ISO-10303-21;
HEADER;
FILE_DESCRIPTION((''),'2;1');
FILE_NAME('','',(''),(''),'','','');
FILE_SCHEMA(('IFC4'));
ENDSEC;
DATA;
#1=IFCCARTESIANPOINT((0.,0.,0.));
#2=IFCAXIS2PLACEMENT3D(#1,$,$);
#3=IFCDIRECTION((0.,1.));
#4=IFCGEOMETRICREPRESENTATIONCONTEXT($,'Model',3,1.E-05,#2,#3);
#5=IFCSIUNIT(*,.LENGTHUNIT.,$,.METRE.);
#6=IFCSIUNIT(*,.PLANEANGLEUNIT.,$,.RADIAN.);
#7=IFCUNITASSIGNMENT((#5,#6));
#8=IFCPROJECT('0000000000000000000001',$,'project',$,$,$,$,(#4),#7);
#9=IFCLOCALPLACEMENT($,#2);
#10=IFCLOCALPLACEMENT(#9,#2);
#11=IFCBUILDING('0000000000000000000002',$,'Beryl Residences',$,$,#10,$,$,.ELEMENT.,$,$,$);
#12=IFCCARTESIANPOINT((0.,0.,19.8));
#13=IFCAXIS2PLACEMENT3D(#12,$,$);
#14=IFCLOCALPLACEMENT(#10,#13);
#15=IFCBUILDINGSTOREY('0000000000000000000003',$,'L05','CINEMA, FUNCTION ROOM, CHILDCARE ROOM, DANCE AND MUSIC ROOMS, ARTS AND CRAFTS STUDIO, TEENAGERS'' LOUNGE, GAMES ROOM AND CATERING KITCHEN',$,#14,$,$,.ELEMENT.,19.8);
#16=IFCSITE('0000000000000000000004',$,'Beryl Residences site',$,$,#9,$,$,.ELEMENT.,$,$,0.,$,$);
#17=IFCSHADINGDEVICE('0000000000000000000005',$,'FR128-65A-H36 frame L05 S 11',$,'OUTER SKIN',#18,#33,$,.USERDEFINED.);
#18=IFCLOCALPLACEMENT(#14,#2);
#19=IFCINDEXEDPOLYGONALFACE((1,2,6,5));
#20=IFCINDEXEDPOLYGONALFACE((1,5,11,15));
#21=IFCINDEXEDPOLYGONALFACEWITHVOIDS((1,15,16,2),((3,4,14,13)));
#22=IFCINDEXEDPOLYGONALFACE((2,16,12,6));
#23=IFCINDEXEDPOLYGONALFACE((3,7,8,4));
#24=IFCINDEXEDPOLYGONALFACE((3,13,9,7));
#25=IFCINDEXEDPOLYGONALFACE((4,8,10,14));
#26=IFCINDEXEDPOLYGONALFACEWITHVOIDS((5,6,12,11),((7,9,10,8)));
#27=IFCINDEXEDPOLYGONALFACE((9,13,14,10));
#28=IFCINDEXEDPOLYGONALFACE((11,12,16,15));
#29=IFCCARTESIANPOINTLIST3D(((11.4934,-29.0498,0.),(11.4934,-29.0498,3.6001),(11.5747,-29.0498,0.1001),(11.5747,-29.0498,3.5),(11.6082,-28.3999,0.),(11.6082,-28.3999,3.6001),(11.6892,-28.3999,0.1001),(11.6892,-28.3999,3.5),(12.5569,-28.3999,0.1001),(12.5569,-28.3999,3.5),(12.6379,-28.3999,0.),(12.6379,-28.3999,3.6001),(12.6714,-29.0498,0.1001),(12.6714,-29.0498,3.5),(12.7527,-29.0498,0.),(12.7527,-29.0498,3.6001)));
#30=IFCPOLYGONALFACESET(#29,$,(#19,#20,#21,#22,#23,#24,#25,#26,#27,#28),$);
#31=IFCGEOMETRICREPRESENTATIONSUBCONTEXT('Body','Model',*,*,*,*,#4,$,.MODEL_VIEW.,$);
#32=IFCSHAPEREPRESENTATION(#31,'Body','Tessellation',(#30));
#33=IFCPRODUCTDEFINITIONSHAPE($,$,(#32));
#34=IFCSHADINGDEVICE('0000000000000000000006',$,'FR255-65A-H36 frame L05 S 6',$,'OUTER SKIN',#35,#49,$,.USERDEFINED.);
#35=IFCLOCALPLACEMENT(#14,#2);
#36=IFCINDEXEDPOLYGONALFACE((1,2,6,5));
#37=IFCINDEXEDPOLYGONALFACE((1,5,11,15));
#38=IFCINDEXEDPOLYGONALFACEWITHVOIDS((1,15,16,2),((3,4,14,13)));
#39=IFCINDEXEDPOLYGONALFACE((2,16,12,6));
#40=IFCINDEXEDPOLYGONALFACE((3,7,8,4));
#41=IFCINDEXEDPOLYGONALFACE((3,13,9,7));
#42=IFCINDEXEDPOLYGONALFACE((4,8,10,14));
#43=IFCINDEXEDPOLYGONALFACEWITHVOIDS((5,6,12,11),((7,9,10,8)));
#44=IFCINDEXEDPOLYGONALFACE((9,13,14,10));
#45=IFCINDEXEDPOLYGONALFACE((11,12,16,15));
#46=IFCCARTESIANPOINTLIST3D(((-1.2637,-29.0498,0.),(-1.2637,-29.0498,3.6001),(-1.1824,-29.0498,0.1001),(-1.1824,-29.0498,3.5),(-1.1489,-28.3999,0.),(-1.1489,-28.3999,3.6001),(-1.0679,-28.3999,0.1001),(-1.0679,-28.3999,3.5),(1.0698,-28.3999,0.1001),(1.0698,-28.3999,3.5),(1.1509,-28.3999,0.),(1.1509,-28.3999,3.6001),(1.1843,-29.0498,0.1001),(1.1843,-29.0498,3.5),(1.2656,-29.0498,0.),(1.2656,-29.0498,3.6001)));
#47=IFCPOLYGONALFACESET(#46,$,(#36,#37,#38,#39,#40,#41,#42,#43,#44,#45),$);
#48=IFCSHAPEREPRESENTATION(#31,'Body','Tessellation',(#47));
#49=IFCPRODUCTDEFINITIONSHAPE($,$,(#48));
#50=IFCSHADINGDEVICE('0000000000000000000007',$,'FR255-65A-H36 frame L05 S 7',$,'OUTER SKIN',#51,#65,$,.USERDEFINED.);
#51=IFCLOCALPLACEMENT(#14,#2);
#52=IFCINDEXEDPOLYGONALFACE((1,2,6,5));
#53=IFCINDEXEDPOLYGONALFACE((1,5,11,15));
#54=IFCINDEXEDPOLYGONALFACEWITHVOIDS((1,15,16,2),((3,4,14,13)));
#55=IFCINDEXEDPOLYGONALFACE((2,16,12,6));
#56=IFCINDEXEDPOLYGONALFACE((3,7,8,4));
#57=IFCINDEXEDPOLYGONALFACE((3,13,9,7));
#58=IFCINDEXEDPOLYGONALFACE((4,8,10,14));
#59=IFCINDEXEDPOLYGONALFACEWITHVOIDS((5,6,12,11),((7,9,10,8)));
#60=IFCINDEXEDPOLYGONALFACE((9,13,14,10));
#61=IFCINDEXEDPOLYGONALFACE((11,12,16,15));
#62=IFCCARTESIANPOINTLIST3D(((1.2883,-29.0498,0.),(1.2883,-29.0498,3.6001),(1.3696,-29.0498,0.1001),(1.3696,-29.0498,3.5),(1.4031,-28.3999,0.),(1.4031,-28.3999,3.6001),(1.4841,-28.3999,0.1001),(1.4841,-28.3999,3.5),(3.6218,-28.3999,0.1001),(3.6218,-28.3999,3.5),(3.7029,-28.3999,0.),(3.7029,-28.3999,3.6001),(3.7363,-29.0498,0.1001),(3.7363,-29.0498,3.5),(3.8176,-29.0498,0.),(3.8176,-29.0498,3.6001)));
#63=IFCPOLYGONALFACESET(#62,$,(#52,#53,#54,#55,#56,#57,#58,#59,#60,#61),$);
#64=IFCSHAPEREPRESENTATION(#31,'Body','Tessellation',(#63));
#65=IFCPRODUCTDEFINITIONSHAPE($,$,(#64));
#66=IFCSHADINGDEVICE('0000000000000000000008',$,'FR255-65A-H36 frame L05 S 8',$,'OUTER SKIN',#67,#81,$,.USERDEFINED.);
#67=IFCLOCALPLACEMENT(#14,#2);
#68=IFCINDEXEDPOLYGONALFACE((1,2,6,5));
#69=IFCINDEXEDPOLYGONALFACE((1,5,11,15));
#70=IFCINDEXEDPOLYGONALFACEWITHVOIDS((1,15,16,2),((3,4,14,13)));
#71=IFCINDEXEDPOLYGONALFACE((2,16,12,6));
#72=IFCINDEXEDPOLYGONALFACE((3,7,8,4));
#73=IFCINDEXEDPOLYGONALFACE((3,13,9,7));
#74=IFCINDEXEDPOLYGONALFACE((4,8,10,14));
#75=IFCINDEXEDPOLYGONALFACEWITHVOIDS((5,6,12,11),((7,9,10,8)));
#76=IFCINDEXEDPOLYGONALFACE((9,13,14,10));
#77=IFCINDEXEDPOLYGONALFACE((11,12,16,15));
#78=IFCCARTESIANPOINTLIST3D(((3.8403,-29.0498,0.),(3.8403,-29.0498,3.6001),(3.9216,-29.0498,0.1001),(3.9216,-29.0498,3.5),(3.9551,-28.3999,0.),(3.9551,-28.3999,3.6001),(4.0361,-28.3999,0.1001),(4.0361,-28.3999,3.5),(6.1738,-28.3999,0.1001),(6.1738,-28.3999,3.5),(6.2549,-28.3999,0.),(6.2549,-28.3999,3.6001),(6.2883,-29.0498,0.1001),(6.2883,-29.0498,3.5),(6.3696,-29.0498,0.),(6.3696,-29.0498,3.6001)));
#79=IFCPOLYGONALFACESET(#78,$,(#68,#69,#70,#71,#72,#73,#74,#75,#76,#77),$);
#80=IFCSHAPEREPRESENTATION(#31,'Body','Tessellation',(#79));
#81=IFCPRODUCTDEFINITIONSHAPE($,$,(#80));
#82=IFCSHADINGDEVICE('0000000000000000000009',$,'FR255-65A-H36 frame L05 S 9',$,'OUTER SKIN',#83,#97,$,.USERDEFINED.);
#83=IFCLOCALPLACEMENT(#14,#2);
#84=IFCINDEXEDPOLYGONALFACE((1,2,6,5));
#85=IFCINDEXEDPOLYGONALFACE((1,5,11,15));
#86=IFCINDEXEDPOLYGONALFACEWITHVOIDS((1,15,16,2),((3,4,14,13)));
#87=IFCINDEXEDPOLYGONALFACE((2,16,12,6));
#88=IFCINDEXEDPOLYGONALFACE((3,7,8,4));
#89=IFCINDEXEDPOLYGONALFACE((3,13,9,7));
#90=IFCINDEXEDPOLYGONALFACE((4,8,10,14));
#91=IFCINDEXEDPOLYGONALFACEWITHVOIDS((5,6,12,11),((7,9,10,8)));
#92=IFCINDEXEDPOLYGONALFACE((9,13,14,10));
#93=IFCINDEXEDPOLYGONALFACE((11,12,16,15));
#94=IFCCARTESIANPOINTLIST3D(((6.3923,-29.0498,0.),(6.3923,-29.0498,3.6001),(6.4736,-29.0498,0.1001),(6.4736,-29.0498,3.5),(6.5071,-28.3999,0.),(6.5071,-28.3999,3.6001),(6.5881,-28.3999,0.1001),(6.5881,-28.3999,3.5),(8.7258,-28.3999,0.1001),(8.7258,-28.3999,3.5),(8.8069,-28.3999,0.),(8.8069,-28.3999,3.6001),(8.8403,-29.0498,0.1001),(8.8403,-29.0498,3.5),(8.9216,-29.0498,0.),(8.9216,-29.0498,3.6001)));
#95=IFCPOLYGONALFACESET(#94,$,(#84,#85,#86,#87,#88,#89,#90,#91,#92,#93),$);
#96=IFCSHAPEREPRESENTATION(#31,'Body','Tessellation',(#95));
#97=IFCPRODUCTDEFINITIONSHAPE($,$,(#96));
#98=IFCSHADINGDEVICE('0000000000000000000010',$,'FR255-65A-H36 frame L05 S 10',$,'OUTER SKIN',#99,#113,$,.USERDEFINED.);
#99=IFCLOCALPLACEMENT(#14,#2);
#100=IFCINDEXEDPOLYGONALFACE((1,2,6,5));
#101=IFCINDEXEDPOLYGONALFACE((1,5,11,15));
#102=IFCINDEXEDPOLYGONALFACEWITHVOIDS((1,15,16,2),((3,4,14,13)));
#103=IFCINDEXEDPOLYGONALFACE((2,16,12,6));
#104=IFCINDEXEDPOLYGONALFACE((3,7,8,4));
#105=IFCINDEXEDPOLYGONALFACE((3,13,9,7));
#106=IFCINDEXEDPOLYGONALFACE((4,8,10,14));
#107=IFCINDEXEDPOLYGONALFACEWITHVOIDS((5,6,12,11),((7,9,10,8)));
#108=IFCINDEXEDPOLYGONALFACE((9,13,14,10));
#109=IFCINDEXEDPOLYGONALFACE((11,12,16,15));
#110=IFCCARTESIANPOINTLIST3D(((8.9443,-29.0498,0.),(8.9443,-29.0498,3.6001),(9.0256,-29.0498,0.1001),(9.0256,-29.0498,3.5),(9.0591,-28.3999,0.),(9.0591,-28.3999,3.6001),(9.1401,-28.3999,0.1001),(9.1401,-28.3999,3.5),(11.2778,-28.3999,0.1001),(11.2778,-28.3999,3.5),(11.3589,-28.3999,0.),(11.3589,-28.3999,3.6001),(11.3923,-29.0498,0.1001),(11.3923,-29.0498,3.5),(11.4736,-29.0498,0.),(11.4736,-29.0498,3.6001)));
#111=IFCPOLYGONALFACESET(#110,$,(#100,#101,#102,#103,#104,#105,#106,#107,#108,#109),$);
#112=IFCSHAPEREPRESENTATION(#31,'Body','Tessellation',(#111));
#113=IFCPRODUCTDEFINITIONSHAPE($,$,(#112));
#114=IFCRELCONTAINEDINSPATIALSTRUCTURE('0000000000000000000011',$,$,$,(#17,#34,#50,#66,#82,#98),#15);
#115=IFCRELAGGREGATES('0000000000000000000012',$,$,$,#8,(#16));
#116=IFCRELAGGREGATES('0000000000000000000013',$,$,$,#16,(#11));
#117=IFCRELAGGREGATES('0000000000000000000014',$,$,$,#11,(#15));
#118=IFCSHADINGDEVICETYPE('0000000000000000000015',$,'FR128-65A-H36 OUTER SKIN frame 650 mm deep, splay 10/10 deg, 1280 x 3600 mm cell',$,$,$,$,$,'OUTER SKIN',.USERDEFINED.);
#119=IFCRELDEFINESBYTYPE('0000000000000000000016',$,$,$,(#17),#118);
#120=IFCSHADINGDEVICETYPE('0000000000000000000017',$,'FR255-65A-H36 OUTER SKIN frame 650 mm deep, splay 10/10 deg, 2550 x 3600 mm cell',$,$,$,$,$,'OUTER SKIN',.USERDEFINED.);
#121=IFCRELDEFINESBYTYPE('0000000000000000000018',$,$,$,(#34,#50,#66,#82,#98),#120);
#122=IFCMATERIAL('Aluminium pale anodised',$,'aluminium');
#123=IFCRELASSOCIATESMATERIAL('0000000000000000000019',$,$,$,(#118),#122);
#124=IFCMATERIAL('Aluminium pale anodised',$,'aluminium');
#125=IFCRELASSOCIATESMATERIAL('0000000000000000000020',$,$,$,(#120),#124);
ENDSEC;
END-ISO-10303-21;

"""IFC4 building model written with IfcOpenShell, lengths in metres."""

from ifc_helpers import new_model, entity, si_unit, direction, frame, origin, place, context, subcontext, project, spatial, source, transform, mapped, material, type_object, type_shapes, element, save


model = new_model("IFC4")

# Units and contexts
model_context = context("Model", 3, precision=1e-05, world=origin(), true_north=direction((0.0, 1.0)))
body_context = subcontext(model_context, "Body", "Model", "MODEL_VIEW")
ifc_project = project(units=[si_unit("LENGTHUNIT", "METRE"), si_unit("PLANEANGLEUNIT", "RADIAN")], contexts=[model_context])

# Site, building, storey
site_placement = place(None, origin())
site = spatial("IfcSite", under=ifc_project, at=site_placement, Name="Beryl Residences site", CompositionType="ELEMENT", RefElevation=0.0)
building_placement = place(site_placement, origin())
building = spatial("IfcBuilding", under=site, at=building_placement, Name="Beryl Residences", CompositionType="ELEMENT")
storey_placement = place(building_placement, frame((0.0, 0.0, 19.8)))
storey = spatial("IfcBuildingStorey", under=building, at=storey_placement, Name="L05", Description="CINEMA, FUNCTION ROOM, CHILDCARE ROOM, DANCE AND MUSIC ROOMS, ARTS AND CRAFTS STUDIO, TEENAGERS' LOUNGE, GAMES ROOM AND CATERING KITCHEN", CompositionType="ELEMENT", Elevation=19.8)

# Shading devices
ifc_material_1 = material(Name="Aluminium pale anodised", Category="aluminium")
shading_device_type_1 = type_object("IfcShadingDeviceType", Name="FR128-65A-H36 OUTER SKIN frame 650 mm deep, splay 10/10 deg, 1280 x 3600 mm cell", ElementType="OUTER SKIN", PredefinedType="USERDEFINED", material=ifc_material_1)
cartesian_point_1 = entity("IfcCartesianPoint", [-0.5149, 0.0])
cartesian_point_2 = entity("IfcCartesianPoint", [-0.4338, 0.1001])
cartesian_point_3 = entity("IfcCartesianPoint", [-0.6296, 0.0])
cartesian_point_4 = entity("IfcCartesianPoint", [-0.5483, 0.1001])
shared_shape_1 = source(origin(), body_context, "Body", "SweptSolid", [
    entity("IfcExtrudedAreaSolidTapered", entity("IfcArbitraryProfileDefWithVoids", "AREA", None, entity("IfcPolyline", [cartesian_point_1, entity("IfcCartesianPoint", [0.5149, 0.0]), entity("IfcCartesianPoint", [0.5149, 3.6001]), entity("IfcCartesianPoint", [-0.5149, 3.6001]), cartesian_point_1]), [entity("IfcPolyline", [cartesian_point_2, entity("IfcCartesianPoint", [0.4338, 0.1001]), entity("IfcCartesianPoint", [0.4338, 3.5]), entity("IfcCartesianPoint", [-0.4338, 3.5]), cartesian_point_2])]), entity("IfcAxis2Placement3D", entity("IfcCartesianPoint", [0.0, 0.0, 0.0]), entity("IfcDirection", [0.0, 1.0, 0.0]), entity("IfcDirection", [-1.0, 0.0, 0.0])), entity("IfcDirection", [0.0, 0.0, 1.0]), 0.6499, entity("IfcArbitraryProfileDefWithVoids", "AREA", None, entity("IfcPolyline", [cartesian_point_3, entity("IfcCartesianPoint", [0.6296, 0.0]), entity("IfcCartesianPoint", [0.6296, 3.6001]), entity("IfcCartesianPoint", [-0.6296, 3.6001]), cartesian_point_3]), [entity("IfcPolyline", [cartesian_point_4, entity("IfcCartesianPoint", [0.5483, 0.1001]), entity("IfcCartesianPoint", [0.5483, 3.5]), entity("IfcCartesianPoint", [-0.5483, 3.5]), cartesian_point_4])])),
])
type_shapes(shading_device_type_1, [shared_shape_1])
shading_device_placement = place(storey_placement, frame((12.123, -28.3999, 0.0), z_axis=(0.0, 0.0, 1.0), x_axis=(-1.0, 0.0, 0.0)))
element("IfcShadingDevice", 1, at=shading_device_placement, inside=storey, type_object=shading_device_type_1, Name="FR128-65A-H36 frame L05 S 11", ObjectType="OUTER SKIN", PredefinedType="USERDEFINED", context=body_context, shape_type="MappedRepresentation", body=[
    mapped(shared_shape_1, transform((0.0, 0.0, 0.0))),
])
ifc_material_2 = material(Name="Aluminium pale anodised", Category="aluminium")
shading_device_type_2 = type_object("IfcShadingDeviceType", Name="FR255-65A-H36 OUTER SKIN frame 650 mm deep, splay 10/10 deg, 2550 x 3600 mm cell", ElementType="OUTER SKIN", PredefinedType="USERDEFINED", material=ifc_material_2)
cartesian_point_5 = entity("IfcCartesianPoint", [-1.1499, 0.0])
cartesian_point_6 = entity("IfcCartesianPoint", [-1.0688, 0.1001])
cartesian_point_7 = entity("IfcCartesianPoint", [-1.2646, 0.0])
cartesian_point_8 = entity("IfcCartesianPoint", [-1.1833, 0.1001])
shared_shape_2 = source(origin(), body_context, "Body", "SweptSolid", [
    entity("IfcExtrudedAreaSolidTapered", entity("IfcArbitraryProfileDefWithVoids", "AREA", None, entity("IfcPolyline", [cartesian_point_5, entity("IfcCartesianPoint", [1.1499, 0.0]), entity("IfcCartesianPoint", [1.1499, 3.6001]), entity("IfcCartesianPoint", [-1.1499, 3.6001]), cartesian_point_5]), [entity("IfcPolyline", [cartesian_point_6, entity("IfcCartesianPoint", [1.0688, 0.1001]), entity("IfcCartesianPoint", [1.0688, 3.5]), entity("IfcCartesianPoint", [-1.0688, 3.5]), cartesian_point_6])]), entity("IfcAxis2Placement3D", entity("IfcCartesianPoint", [0.0, 0.0, 0.0]), entity("IfcDirection", [0.0, 1.0, 0.0]), entity("IfcDirection", [-1.0, 0.0, 0.0])), entity("IfcDirection", [0.0, 0.0, 1.0]), 0.6499, entity("IfcArbitraryProfileDefWithVoids", "AREA", None, entity("IfcPolyline", [cartesian_point_7, entity("IfcCartesianPoint", [1.2646, 0.0]), entity("IfcCartesianPoint", [1.2646, 3.6001]), entity("IfcCartesianPoint", [-1.2646, 3.6001]), cartesian_point_7]), [entity("IfcPolyline", [cartesian_point_8, entity("IfcCartesianPoint", [1.1833, 0.1001]), entity("IfcCartesianPoint", [1.1833, 3.5]), entity("IfcCartesianPoint", [-1.1833, 3.5]), cartesian_point_8])])),
])
type_shapes(shading_device_type_2, [shared_shape_2])
for number, where, z_axis, x_axis, name in (
    (2, (0.001, -28.3999, 0.0), (0.0, 0.0, 1.0), (-1.0, 0.0, 0.0), "FR255-65A-H36 frame L05 S 6"),
    (3, (2.553, -28.3999, 0.0), (0.0, 0.0, 1.0), (-1.0, 0.0, 0.0), "FR255-65A-H36 frame L05 S 7"),
    (4, (5.105, -28.3999, 0.0), (0.0, 0.0, 1.0), (-1.0, 0.0, 0.0), "FR255-65A-H36 frame L05 S 8"),
    (5, (7.657, -28.3999, 0.0), (0.0, 0.0, 1.0), (-1.0, 0.0, 0.0), "FR255-65A-H36 frame L05 S 9"),
    (6, (10.209, -28.3999, 0.0), (0.0, 0.0, 1.0), (-1.0, 0.0, 0.0), "FR255-65A-H36 frame L05 S 10"),
):
    element("IfcShadingDevice", number, at=place(storey_placement, frame(where, z_axis=z_axis, x_axis=x_axis)), inside=storey, type_object=shading_device_type_2, Name=name, ObjectType="OUTER SKIN", PredefinedType="USERDEFINED", context=body_context, shape_type="MappedRepresentation", body=[
        mapped(shared_shape_2, transform((0.0, 0.0, 0.0))),
    ])

save(model, "model.ifc")
